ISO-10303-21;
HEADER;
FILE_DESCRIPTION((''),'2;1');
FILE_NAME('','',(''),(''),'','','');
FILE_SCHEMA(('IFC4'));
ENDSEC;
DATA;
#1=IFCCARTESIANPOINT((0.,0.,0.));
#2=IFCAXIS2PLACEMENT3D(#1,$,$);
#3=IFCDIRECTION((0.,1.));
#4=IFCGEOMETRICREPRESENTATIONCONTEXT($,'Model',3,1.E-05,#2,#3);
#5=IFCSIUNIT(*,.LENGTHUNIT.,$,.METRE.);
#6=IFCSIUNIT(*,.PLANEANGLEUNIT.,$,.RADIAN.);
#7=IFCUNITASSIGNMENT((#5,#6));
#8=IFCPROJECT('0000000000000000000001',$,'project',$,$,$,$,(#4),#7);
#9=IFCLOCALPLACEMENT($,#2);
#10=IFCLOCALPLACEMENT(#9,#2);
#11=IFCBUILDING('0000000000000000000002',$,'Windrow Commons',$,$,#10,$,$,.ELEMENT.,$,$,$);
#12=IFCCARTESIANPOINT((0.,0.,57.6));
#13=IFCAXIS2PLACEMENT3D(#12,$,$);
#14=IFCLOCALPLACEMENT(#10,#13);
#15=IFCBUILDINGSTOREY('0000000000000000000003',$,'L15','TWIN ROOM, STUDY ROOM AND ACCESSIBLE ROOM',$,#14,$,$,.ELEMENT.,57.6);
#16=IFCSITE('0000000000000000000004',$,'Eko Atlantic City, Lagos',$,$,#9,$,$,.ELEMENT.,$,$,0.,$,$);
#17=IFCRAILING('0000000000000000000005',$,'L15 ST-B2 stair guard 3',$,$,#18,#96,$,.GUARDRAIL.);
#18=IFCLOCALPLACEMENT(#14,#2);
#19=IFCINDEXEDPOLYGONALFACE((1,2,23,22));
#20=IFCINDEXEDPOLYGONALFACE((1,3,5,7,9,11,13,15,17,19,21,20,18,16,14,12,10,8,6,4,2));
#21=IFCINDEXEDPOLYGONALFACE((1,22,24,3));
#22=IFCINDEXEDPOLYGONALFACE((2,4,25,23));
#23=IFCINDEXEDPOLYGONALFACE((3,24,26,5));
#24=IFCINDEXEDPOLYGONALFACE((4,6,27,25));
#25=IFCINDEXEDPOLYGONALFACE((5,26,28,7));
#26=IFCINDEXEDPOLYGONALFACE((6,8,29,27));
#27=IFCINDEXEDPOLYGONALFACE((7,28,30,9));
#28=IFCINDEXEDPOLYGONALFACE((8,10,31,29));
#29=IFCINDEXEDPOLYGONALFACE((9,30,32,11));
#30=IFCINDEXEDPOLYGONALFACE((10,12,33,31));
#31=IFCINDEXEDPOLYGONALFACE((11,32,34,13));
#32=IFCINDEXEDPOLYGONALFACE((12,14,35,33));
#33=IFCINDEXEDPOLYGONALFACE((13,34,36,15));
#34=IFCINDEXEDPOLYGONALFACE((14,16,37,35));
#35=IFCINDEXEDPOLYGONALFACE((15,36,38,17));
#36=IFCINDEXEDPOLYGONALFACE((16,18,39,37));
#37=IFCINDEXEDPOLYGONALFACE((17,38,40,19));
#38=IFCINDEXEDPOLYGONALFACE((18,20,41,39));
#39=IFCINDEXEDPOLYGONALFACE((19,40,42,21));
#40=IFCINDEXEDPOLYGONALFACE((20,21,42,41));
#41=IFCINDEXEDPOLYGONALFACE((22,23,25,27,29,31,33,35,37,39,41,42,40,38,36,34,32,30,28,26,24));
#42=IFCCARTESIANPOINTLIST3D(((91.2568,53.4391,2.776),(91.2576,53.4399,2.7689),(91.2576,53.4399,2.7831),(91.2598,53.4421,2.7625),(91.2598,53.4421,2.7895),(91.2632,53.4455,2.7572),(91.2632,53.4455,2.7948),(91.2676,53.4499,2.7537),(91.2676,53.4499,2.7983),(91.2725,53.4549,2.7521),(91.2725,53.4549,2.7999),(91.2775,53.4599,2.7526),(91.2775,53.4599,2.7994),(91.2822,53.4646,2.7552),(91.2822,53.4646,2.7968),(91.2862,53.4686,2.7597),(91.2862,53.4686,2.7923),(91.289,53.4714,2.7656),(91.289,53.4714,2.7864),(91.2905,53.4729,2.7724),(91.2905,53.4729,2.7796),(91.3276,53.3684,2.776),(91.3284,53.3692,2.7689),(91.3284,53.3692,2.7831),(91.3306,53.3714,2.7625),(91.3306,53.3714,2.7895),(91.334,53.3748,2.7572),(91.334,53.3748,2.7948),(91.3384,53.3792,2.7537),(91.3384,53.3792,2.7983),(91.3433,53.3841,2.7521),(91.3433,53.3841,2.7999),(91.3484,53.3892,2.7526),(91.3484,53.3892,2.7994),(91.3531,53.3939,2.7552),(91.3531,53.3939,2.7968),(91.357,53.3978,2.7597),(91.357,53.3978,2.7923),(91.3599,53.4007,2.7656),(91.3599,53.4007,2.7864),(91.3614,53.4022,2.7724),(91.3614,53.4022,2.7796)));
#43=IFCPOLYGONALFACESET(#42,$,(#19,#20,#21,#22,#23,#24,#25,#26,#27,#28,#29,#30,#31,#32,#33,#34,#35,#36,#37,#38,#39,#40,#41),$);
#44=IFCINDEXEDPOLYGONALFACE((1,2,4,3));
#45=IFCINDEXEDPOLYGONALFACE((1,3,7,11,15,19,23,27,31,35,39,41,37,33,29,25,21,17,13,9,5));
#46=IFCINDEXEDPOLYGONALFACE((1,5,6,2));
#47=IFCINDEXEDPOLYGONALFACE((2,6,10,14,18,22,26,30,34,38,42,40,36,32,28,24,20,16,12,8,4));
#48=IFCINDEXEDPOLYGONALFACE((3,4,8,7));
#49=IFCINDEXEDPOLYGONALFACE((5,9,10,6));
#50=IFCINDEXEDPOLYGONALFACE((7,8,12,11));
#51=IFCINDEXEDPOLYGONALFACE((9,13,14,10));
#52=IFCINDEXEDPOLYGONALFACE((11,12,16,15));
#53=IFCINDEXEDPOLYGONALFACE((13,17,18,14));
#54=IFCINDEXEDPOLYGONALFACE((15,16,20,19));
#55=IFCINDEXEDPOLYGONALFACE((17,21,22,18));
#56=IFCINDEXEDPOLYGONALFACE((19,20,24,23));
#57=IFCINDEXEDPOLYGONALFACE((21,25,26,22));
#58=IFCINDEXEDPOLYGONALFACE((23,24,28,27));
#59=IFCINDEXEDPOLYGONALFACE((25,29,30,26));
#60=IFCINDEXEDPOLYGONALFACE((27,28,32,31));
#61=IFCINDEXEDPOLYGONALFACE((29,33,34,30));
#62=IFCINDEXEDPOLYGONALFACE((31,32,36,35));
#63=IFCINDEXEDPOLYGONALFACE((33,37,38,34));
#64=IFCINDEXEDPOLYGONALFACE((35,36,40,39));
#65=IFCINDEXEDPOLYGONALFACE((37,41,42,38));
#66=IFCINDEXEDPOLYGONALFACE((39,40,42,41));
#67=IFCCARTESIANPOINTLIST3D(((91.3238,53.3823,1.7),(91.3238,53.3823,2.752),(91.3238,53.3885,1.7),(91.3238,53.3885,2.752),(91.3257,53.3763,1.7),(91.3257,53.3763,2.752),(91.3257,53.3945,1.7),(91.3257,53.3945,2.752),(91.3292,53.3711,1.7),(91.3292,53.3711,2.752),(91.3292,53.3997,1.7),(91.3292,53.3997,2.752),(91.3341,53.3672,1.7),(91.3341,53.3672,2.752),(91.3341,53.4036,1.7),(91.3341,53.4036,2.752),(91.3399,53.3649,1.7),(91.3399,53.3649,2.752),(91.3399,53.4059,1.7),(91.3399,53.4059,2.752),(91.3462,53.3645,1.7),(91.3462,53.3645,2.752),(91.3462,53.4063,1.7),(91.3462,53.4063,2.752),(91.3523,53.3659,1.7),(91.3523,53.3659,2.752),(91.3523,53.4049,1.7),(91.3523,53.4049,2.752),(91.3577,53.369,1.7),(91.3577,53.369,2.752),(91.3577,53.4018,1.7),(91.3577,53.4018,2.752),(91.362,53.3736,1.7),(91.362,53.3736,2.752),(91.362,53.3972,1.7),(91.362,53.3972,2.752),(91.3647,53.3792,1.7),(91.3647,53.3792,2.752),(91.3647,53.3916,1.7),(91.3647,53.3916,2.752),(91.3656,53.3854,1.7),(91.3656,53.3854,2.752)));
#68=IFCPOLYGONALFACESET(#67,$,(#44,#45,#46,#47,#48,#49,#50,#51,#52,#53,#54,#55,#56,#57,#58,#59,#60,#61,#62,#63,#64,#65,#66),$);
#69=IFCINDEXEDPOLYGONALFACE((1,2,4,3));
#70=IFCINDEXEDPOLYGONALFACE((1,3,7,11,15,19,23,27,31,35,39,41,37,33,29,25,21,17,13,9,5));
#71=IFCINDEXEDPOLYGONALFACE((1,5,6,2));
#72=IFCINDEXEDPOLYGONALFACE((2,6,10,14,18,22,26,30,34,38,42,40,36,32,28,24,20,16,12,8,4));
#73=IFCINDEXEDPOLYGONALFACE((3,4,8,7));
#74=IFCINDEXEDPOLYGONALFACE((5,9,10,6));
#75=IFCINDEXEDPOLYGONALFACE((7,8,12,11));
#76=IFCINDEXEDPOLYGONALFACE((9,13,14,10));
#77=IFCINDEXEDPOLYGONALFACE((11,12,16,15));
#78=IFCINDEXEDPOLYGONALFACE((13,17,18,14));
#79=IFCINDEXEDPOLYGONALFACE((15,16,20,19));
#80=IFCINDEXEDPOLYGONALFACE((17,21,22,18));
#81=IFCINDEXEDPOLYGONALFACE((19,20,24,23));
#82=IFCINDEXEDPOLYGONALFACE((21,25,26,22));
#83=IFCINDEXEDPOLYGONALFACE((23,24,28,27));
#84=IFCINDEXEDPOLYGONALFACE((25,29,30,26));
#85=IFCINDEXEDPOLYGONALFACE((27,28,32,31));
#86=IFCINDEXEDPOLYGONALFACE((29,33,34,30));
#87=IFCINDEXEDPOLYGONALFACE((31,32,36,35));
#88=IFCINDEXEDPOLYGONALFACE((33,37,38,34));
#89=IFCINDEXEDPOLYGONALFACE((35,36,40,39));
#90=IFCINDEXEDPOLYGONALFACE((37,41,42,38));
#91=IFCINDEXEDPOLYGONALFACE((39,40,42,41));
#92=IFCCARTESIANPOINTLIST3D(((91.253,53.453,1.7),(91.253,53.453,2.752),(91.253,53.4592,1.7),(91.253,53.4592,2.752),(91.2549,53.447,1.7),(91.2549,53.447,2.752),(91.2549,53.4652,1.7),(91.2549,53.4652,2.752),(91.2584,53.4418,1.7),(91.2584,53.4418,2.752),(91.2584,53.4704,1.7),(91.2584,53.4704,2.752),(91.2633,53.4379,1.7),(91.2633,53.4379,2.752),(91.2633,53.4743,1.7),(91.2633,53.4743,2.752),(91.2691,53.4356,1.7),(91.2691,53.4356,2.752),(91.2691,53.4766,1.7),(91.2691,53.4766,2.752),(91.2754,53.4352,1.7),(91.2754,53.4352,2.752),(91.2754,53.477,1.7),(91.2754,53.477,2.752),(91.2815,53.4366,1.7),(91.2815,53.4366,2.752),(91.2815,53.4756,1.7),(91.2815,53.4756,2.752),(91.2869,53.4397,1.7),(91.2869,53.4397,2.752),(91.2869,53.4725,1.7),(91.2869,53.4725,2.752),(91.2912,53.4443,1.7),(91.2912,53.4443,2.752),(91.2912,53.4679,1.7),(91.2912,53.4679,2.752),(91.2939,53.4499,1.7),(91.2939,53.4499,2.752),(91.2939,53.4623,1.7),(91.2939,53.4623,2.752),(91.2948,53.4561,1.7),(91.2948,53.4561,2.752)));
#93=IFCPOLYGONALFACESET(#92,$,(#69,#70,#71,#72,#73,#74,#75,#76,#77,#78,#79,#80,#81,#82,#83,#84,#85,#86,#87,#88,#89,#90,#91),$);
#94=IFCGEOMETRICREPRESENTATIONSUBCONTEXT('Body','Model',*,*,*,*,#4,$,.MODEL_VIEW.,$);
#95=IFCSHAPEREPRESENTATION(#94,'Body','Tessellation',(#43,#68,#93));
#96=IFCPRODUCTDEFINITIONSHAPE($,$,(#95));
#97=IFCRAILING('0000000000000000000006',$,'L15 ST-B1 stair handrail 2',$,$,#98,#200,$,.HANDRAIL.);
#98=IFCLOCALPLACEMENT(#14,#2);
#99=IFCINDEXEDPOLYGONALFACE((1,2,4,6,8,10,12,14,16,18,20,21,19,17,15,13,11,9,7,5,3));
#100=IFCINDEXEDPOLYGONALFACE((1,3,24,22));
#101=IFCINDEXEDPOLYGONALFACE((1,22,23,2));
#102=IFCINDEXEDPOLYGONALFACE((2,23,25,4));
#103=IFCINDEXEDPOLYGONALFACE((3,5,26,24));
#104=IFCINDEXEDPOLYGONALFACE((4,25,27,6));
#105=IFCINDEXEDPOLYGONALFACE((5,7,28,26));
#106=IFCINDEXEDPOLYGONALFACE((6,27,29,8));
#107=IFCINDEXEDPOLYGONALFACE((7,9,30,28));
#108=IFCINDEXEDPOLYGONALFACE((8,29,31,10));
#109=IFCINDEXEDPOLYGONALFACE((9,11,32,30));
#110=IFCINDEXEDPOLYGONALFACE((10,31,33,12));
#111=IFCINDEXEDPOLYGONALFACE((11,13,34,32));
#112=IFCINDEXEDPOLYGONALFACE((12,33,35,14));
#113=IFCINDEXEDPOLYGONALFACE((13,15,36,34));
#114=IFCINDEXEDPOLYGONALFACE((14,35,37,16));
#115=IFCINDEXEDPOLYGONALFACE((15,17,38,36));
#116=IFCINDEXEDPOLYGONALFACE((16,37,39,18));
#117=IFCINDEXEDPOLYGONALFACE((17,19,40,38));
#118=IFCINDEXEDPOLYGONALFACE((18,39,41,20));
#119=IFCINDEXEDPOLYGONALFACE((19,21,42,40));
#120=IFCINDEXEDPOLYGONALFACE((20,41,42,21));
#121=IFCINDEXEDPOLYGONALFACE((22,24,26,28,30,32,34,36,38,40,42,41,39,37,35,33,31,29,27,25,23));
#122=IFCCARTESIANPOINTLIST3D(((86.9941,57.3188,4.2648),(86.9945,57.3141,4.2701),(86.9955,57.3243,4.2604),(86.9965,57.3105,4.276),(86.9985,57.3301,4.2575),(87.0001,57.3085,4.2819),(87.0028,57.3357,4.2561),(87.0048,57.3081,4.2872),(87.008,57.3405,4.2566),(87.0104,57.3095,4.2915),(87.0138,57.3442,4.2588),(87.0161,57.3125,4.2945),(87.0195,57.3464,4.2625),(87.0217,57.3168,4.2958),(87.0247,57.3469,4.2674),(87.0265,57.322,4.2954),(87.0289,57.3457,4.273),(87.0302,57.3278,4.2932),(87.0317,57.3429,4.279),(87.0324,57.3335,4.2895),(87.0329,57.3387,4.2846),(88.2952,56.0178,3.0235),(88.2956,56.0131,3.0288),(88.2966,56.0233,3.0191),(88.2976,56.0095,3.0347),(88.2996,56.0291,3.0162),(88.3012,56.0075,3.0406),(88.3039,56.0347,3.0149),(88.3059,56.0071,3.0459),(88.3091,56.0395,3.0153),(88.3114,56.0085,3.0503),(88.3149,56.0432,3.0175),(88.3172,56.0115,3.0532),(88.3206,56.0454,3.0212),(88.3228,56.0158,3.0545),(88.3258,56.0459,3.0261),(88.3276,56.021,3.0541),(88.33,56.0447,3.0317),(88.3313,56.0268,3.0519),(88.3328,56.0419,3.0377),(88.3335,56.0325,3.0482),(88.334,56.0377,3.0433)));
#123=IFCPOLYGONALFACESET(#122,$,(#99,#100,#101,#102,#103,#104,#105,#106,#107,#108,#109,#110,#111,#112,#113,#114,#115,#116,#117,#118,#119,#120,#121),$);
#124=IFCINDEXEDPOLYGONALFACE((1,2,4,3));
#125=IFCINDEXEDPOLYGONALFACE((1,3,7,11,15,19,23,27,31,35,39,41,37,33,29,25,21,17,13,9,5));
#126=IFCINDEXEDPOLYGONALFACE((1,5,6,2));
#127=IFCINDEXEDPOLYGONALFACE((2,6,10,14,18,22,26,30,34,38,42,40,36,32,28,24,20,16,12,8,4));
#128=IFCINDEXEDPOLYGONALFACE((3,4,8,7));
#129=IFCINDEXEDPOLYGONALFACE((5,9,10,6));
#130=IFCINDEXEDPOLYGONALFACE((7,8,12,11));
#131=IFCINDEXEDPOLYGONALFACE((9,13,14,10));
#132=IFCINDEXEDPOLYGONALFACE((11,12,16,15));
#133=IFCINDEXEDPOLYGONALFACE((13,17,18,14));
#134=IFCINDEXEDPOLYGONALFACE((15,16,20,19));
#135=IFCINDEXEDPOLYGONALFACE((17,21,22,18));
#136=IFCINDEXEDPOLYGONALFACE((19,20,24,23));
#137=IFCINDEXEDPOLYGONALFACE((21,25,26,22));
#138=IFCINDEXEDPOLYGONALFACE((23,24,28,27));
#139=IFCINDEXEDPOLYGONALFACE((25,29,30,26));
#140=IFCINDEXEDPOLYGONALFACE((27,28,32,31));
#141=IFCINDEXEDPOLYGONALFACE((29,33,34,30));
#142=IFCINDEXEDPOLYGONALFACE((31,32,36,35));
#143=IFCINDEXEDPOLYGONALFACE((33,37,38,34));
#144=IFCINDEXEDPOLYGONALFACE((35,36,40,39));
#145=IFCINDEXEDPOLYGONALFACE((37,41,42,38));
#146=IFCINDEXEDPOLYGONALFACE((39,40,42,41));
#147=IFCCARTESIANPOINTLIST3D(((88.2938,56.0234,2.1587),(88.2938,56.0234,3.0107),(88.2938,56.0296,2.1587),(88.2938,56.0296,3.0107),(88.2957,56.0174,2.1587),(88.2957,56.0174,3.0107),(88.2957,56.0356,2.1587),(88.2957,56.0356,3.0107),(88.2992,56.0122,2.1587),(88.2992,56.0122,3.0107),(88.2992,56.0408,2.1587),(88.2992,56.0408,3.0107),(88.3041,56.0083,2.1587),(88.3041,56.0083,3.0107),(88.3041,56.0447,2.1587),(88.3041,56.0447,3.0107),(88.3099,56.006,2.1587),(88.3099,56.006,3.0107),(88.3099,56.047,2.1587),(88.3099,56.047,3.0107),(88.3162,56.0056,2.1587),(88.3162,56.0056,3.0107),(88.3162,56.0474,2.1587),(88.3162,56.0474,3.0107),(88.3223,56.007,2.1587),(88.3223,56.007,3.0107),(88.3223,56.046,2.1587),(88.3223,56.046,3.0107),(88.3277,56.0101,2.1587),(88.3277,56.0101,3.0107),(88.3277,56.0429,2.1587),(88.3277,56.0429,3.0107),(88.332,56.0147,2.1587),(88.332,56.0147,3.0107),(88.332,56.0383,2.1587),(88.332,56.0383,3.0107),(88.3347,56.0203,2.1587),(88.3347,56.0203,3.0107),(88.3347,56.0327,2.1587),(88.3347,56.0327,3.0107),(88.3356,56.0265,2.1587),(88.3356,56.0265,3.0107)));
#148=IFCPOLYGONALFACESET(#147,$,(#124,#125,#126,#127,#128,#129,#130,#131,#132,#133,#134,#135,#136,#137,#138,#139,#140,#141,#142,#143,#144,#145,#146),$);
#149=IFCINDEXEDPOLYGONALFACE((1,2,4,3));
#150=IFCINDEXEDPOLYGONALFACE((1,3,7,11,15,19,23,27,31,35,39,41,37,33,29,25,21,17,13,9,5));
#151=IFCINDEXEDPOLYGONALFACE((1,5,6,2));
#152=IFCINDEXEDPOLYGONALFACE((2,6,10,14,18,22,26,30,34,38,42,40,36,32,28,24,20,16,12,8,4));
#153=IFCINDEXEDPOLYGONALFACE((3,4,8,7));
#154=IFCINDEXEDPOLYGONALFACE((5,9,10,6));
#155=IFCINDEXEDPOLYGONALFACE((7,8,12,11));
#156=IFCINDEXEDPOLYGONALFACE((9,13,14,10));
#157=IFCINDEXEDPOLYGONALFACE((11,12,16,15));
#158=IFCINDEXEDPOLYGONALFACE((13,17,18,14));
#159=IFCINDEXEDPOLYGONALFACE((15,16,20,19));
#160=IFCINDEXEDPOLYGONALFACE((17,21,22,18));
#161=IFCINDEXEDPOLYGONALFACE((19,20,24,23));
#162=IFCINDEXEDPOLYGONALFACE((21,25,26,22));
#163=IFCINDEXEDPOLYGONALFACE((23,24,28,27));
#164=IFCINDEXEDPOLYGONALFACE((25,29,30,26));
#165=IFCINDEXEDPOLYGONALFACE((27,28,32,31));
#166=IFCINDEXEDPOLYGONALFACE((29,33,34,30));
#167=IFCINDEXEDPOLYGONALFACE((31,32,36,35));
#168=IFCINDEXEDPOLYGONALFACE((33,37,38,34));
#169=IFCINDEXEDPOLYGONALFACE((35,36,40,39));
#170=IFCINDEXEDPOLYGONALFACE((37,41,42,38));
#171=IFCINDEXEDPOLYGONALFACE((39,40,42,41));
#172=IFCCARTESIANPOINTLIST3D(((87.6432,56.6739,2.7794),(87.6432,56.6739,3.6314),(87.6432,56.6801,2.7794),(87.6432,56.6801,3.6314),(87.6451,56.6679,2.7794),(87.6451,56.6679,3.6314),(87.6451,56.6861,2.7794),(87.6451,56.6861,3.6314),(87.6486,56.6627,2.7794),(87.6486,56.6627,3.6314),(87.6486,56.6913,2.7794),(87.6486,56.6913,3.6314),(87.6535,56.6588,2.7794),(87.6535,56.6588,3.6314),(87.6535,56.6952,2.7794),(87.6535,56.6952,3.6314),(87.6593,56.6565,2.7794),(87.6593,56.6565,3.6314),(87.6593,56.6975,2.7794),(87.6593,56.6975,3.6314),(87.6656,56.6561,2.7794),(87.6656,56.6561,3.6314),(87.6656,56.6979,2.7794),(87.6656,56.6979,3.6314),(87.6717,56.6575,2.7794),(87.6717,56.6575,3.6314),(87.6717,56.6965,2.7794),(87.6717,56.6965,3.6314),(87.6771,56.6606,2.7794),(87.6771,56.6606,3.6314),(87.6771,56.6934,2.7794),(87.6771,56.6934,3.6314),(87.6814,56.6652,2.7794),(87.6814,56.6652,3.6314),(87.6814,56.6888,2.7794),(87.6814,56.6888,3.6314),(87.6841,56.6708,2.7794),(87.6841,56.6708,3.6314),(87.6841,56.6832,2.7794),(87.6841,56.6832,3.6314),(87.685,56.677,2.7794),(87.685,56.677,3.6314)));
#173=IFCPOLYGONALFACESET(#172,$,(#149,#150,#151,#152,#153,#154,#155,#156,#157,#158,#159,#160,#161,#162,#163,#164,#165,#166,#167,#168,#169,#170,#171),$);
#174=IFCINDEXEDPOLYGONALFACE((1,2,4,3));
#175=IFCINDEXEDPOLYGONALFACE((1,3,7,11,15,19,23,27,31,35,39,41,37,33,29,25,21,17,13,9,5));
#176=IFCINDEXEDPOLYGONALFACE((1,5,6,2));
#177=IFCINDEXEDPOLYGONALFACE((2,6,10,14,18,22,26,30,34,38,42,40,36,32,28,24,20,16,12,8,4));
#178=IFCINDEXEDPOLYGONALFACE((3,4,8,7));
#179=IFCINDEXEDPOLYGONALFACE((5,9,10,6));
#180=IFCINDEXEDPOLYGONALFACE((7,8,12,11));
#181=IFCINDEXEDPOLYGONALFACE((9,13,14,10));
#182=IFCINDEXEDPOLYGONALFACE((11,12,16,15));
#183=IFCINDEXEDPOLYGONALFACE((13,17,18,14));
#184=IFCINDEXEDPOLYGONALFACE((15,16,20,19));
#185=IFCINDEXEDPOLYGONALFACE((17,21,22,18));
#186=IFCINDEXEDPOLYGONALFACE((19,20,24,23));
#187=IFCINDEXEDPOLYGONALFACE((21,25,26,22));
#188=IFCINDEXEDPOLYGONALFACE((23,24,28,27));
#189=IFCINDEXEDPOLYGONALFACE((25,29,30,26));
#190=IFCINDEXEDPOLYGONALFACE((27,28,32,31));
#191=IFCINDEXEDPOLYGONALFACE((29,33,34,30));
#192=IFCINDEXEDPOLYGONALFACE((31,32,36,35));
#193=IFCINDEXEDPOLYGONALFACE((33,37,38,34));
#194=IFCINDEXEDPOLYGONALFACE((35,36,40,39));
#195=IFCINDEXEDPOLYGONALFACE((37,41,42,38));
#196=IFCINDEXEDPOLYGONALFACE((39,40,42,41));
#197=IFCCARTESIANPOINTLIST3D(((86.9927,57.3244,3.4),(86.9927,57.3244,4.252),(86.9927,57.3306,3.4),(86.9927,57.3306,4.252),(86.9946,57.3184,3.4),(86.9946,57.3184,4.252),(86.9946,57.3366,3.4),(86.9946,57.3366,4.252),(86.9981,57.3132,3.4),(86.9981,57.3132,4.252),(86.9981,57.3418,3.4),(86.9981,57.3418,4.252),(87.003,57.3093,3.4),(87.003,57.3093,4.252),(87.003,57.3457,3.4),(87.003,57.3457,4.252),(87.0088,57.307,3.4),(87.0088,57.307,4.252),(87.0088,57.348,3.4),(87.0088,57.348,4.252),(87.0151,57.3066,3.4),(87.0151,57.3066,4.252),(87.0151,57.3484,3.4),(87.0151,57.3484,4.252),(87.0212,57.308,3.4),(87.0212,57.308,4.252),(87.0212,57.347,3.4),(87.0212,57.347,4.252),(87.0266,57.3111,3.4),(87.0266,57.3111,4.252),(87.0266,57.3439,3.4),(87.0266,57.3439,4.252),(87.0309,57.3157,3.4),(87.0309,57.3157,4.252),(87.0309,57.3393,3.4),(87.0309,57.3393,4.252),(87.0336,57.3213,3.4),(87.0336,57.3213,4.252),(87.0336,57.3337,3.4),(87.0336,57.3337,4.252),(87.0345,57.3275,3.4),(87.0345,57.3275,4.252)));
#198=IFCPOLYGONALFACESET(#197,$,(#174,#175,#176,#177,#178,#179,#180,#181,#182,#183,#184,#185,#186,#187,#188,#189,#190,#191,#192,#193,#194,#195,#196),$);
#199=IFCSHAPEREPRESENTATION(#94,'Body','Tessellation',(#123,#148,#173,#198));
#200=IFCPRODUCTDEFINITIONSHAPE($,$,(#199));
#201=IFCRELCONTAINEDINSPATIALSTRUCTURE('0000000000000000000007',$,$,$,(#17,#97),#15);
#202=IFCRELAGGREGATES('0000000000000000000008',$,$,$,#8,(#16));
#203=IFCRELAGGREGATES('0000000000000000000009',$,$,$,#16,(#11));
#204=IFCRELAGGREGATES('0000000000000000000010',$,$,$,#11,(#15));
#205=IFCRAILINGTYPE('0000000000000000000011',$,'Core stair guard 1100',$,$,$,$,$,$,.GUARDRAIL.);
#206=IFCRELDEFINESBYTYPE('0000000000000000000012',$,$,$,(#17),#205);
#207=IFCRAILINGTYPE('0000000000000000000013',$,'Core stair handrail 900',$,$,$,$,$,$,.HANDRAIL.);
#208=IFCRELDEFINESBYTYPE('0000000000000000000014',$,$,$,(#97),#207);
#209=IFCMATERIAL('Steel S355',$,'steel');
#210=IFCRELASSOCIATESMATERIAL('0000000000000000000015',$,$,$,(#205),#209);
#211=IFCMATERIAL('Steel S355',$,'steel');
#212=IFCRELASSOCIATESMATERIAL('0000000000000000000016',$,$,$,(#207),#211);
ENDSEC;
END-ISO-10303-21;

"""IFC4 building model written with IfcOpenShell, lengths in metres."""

from ifc_helpers import new_model, si_unit, direction, frame, origin, origin_2d, place, context, subcontext, project, spatial, circle, extrude, material, type_object, element, save


model = new_model("IFC4")

# Units and contexts
model_context = context("Model", 3, precision=1e-05, world=origin(), true_north=direction((0.0, 1.0)))
body_context = subcontext(model_context, "Body", "Model", "MODEL_VIEW")
ifc_project = project(units=[si_unit("LENGTHUNIT", "METRE"), si_unit("PLANEANGLEUNIT", "RADIAN")], contexts=[model_context])

# Site, building, storey
site_placement = place(None, origin())
site = spatial("IfcSite", under=ifc_project, at=site_placement, Name="Eko Atlantic City, Lagos", CompositionType="ELEMENT", RefElevation=0.0)
building_placement = place(site_placement, origin())
building = spatial("IfcBuilding", under=site, at=building_placement, Name="Windrow Commons", CompositionType="ELEMENT")
storey_placement = place(building_placement, frame((0.0, 0.0, 57.6)))
storey = spatial("IfcBuildingStorey", under=building, at=storey_placement, Name="L15", Description="TWIN ROOM, STUDY ROOM AND ACCESSIBLE ROOM", CompositionType="ELEMENT", Elevation=57.6)

# Railings
ifc_material_1 = material(Name="Steel S355", Category="steel")
railing_type_1 = type_object("IfcRailingType", Name="Core stair guard 1100", PredefinedType="GUARDRAIL", material=ifc_material_1)
railing_1_placement = place(storey_placement, frame((91.3446, 53.3854, 1.7)))
element("IfcRailing", 1, at=railing_1_placement, inside=storey, type_object=railing_type_1, Name="L15 ST-B2 stair guard 3", PredefinedType="GUARDRAIL", context=body_context, shape_type="SweptSolid", body=[
    extrude(circle(Radius=0.024, at=origin_2d()), frame((0.0, 0.0, 1.076), z_axis=(-0.707606, 0.706607, 0.0), x_axis=(-0.706607, -0.707606, 0.0)), (0.0, 0.0, 1.0), 0.1001),
    extrude(circle(Radius=0.021, at=origin_2d()), origin(), (0.0, 0.0, 1.0), 1.052),
    extrude(circle(Radius=0.021, at=origin_2d()), frame((-0.0708, 0.0707, 0.0)), (0.0, 0.0, 1.0), 1.052),
])
ifc_material_2 = material(Name="Steel S355", Category="steel")
railing_type_2 = type_object("IfcRailingType", Name="Core stair handrail 900", PredefinedType="HANDRAIL", material=ifc_material_2)
railing_2_placement = place(storey_placement, frame((88.3146, 56.0265, 2.1587)))
element("IfcRailing", 2, at=railing_2_placement, inside=storey, type_object=railing_type_2, Name="L15 ST-B1 stair handrail 2", PredefinedType="HANDRAIL", context=body_context, shape_type="SweptSolid", body=[
    extrude(circle(Radius=0.024, at=origin_2d()), frame((0.0, 0.0, 0.876), z_axis=(-0.586207, 0.586162, 0.559264), x_axis=(-0.70708, -0.707134, 0.0)), (0.0, 0.0, 1.0), 2.2195),
    extrude(circle(Radius=0.021, at=origin_2d()), origin(), (0.0, 0.0, 1.0), 0.852),
    extrude(circle(Radius=0.021, at=origin_2d()), frame((-0.6506, 0.6505, 0.6207)), (0.0, 0.0, 1.0), 0.852),
    extrude(circle(Radius=0.021, at=origin_2d()), frame((-1.3011, 1.301, 1.2413)), (0.0, 0.0, 1.0), 0.852),
])

save(model, "model.ifc")
